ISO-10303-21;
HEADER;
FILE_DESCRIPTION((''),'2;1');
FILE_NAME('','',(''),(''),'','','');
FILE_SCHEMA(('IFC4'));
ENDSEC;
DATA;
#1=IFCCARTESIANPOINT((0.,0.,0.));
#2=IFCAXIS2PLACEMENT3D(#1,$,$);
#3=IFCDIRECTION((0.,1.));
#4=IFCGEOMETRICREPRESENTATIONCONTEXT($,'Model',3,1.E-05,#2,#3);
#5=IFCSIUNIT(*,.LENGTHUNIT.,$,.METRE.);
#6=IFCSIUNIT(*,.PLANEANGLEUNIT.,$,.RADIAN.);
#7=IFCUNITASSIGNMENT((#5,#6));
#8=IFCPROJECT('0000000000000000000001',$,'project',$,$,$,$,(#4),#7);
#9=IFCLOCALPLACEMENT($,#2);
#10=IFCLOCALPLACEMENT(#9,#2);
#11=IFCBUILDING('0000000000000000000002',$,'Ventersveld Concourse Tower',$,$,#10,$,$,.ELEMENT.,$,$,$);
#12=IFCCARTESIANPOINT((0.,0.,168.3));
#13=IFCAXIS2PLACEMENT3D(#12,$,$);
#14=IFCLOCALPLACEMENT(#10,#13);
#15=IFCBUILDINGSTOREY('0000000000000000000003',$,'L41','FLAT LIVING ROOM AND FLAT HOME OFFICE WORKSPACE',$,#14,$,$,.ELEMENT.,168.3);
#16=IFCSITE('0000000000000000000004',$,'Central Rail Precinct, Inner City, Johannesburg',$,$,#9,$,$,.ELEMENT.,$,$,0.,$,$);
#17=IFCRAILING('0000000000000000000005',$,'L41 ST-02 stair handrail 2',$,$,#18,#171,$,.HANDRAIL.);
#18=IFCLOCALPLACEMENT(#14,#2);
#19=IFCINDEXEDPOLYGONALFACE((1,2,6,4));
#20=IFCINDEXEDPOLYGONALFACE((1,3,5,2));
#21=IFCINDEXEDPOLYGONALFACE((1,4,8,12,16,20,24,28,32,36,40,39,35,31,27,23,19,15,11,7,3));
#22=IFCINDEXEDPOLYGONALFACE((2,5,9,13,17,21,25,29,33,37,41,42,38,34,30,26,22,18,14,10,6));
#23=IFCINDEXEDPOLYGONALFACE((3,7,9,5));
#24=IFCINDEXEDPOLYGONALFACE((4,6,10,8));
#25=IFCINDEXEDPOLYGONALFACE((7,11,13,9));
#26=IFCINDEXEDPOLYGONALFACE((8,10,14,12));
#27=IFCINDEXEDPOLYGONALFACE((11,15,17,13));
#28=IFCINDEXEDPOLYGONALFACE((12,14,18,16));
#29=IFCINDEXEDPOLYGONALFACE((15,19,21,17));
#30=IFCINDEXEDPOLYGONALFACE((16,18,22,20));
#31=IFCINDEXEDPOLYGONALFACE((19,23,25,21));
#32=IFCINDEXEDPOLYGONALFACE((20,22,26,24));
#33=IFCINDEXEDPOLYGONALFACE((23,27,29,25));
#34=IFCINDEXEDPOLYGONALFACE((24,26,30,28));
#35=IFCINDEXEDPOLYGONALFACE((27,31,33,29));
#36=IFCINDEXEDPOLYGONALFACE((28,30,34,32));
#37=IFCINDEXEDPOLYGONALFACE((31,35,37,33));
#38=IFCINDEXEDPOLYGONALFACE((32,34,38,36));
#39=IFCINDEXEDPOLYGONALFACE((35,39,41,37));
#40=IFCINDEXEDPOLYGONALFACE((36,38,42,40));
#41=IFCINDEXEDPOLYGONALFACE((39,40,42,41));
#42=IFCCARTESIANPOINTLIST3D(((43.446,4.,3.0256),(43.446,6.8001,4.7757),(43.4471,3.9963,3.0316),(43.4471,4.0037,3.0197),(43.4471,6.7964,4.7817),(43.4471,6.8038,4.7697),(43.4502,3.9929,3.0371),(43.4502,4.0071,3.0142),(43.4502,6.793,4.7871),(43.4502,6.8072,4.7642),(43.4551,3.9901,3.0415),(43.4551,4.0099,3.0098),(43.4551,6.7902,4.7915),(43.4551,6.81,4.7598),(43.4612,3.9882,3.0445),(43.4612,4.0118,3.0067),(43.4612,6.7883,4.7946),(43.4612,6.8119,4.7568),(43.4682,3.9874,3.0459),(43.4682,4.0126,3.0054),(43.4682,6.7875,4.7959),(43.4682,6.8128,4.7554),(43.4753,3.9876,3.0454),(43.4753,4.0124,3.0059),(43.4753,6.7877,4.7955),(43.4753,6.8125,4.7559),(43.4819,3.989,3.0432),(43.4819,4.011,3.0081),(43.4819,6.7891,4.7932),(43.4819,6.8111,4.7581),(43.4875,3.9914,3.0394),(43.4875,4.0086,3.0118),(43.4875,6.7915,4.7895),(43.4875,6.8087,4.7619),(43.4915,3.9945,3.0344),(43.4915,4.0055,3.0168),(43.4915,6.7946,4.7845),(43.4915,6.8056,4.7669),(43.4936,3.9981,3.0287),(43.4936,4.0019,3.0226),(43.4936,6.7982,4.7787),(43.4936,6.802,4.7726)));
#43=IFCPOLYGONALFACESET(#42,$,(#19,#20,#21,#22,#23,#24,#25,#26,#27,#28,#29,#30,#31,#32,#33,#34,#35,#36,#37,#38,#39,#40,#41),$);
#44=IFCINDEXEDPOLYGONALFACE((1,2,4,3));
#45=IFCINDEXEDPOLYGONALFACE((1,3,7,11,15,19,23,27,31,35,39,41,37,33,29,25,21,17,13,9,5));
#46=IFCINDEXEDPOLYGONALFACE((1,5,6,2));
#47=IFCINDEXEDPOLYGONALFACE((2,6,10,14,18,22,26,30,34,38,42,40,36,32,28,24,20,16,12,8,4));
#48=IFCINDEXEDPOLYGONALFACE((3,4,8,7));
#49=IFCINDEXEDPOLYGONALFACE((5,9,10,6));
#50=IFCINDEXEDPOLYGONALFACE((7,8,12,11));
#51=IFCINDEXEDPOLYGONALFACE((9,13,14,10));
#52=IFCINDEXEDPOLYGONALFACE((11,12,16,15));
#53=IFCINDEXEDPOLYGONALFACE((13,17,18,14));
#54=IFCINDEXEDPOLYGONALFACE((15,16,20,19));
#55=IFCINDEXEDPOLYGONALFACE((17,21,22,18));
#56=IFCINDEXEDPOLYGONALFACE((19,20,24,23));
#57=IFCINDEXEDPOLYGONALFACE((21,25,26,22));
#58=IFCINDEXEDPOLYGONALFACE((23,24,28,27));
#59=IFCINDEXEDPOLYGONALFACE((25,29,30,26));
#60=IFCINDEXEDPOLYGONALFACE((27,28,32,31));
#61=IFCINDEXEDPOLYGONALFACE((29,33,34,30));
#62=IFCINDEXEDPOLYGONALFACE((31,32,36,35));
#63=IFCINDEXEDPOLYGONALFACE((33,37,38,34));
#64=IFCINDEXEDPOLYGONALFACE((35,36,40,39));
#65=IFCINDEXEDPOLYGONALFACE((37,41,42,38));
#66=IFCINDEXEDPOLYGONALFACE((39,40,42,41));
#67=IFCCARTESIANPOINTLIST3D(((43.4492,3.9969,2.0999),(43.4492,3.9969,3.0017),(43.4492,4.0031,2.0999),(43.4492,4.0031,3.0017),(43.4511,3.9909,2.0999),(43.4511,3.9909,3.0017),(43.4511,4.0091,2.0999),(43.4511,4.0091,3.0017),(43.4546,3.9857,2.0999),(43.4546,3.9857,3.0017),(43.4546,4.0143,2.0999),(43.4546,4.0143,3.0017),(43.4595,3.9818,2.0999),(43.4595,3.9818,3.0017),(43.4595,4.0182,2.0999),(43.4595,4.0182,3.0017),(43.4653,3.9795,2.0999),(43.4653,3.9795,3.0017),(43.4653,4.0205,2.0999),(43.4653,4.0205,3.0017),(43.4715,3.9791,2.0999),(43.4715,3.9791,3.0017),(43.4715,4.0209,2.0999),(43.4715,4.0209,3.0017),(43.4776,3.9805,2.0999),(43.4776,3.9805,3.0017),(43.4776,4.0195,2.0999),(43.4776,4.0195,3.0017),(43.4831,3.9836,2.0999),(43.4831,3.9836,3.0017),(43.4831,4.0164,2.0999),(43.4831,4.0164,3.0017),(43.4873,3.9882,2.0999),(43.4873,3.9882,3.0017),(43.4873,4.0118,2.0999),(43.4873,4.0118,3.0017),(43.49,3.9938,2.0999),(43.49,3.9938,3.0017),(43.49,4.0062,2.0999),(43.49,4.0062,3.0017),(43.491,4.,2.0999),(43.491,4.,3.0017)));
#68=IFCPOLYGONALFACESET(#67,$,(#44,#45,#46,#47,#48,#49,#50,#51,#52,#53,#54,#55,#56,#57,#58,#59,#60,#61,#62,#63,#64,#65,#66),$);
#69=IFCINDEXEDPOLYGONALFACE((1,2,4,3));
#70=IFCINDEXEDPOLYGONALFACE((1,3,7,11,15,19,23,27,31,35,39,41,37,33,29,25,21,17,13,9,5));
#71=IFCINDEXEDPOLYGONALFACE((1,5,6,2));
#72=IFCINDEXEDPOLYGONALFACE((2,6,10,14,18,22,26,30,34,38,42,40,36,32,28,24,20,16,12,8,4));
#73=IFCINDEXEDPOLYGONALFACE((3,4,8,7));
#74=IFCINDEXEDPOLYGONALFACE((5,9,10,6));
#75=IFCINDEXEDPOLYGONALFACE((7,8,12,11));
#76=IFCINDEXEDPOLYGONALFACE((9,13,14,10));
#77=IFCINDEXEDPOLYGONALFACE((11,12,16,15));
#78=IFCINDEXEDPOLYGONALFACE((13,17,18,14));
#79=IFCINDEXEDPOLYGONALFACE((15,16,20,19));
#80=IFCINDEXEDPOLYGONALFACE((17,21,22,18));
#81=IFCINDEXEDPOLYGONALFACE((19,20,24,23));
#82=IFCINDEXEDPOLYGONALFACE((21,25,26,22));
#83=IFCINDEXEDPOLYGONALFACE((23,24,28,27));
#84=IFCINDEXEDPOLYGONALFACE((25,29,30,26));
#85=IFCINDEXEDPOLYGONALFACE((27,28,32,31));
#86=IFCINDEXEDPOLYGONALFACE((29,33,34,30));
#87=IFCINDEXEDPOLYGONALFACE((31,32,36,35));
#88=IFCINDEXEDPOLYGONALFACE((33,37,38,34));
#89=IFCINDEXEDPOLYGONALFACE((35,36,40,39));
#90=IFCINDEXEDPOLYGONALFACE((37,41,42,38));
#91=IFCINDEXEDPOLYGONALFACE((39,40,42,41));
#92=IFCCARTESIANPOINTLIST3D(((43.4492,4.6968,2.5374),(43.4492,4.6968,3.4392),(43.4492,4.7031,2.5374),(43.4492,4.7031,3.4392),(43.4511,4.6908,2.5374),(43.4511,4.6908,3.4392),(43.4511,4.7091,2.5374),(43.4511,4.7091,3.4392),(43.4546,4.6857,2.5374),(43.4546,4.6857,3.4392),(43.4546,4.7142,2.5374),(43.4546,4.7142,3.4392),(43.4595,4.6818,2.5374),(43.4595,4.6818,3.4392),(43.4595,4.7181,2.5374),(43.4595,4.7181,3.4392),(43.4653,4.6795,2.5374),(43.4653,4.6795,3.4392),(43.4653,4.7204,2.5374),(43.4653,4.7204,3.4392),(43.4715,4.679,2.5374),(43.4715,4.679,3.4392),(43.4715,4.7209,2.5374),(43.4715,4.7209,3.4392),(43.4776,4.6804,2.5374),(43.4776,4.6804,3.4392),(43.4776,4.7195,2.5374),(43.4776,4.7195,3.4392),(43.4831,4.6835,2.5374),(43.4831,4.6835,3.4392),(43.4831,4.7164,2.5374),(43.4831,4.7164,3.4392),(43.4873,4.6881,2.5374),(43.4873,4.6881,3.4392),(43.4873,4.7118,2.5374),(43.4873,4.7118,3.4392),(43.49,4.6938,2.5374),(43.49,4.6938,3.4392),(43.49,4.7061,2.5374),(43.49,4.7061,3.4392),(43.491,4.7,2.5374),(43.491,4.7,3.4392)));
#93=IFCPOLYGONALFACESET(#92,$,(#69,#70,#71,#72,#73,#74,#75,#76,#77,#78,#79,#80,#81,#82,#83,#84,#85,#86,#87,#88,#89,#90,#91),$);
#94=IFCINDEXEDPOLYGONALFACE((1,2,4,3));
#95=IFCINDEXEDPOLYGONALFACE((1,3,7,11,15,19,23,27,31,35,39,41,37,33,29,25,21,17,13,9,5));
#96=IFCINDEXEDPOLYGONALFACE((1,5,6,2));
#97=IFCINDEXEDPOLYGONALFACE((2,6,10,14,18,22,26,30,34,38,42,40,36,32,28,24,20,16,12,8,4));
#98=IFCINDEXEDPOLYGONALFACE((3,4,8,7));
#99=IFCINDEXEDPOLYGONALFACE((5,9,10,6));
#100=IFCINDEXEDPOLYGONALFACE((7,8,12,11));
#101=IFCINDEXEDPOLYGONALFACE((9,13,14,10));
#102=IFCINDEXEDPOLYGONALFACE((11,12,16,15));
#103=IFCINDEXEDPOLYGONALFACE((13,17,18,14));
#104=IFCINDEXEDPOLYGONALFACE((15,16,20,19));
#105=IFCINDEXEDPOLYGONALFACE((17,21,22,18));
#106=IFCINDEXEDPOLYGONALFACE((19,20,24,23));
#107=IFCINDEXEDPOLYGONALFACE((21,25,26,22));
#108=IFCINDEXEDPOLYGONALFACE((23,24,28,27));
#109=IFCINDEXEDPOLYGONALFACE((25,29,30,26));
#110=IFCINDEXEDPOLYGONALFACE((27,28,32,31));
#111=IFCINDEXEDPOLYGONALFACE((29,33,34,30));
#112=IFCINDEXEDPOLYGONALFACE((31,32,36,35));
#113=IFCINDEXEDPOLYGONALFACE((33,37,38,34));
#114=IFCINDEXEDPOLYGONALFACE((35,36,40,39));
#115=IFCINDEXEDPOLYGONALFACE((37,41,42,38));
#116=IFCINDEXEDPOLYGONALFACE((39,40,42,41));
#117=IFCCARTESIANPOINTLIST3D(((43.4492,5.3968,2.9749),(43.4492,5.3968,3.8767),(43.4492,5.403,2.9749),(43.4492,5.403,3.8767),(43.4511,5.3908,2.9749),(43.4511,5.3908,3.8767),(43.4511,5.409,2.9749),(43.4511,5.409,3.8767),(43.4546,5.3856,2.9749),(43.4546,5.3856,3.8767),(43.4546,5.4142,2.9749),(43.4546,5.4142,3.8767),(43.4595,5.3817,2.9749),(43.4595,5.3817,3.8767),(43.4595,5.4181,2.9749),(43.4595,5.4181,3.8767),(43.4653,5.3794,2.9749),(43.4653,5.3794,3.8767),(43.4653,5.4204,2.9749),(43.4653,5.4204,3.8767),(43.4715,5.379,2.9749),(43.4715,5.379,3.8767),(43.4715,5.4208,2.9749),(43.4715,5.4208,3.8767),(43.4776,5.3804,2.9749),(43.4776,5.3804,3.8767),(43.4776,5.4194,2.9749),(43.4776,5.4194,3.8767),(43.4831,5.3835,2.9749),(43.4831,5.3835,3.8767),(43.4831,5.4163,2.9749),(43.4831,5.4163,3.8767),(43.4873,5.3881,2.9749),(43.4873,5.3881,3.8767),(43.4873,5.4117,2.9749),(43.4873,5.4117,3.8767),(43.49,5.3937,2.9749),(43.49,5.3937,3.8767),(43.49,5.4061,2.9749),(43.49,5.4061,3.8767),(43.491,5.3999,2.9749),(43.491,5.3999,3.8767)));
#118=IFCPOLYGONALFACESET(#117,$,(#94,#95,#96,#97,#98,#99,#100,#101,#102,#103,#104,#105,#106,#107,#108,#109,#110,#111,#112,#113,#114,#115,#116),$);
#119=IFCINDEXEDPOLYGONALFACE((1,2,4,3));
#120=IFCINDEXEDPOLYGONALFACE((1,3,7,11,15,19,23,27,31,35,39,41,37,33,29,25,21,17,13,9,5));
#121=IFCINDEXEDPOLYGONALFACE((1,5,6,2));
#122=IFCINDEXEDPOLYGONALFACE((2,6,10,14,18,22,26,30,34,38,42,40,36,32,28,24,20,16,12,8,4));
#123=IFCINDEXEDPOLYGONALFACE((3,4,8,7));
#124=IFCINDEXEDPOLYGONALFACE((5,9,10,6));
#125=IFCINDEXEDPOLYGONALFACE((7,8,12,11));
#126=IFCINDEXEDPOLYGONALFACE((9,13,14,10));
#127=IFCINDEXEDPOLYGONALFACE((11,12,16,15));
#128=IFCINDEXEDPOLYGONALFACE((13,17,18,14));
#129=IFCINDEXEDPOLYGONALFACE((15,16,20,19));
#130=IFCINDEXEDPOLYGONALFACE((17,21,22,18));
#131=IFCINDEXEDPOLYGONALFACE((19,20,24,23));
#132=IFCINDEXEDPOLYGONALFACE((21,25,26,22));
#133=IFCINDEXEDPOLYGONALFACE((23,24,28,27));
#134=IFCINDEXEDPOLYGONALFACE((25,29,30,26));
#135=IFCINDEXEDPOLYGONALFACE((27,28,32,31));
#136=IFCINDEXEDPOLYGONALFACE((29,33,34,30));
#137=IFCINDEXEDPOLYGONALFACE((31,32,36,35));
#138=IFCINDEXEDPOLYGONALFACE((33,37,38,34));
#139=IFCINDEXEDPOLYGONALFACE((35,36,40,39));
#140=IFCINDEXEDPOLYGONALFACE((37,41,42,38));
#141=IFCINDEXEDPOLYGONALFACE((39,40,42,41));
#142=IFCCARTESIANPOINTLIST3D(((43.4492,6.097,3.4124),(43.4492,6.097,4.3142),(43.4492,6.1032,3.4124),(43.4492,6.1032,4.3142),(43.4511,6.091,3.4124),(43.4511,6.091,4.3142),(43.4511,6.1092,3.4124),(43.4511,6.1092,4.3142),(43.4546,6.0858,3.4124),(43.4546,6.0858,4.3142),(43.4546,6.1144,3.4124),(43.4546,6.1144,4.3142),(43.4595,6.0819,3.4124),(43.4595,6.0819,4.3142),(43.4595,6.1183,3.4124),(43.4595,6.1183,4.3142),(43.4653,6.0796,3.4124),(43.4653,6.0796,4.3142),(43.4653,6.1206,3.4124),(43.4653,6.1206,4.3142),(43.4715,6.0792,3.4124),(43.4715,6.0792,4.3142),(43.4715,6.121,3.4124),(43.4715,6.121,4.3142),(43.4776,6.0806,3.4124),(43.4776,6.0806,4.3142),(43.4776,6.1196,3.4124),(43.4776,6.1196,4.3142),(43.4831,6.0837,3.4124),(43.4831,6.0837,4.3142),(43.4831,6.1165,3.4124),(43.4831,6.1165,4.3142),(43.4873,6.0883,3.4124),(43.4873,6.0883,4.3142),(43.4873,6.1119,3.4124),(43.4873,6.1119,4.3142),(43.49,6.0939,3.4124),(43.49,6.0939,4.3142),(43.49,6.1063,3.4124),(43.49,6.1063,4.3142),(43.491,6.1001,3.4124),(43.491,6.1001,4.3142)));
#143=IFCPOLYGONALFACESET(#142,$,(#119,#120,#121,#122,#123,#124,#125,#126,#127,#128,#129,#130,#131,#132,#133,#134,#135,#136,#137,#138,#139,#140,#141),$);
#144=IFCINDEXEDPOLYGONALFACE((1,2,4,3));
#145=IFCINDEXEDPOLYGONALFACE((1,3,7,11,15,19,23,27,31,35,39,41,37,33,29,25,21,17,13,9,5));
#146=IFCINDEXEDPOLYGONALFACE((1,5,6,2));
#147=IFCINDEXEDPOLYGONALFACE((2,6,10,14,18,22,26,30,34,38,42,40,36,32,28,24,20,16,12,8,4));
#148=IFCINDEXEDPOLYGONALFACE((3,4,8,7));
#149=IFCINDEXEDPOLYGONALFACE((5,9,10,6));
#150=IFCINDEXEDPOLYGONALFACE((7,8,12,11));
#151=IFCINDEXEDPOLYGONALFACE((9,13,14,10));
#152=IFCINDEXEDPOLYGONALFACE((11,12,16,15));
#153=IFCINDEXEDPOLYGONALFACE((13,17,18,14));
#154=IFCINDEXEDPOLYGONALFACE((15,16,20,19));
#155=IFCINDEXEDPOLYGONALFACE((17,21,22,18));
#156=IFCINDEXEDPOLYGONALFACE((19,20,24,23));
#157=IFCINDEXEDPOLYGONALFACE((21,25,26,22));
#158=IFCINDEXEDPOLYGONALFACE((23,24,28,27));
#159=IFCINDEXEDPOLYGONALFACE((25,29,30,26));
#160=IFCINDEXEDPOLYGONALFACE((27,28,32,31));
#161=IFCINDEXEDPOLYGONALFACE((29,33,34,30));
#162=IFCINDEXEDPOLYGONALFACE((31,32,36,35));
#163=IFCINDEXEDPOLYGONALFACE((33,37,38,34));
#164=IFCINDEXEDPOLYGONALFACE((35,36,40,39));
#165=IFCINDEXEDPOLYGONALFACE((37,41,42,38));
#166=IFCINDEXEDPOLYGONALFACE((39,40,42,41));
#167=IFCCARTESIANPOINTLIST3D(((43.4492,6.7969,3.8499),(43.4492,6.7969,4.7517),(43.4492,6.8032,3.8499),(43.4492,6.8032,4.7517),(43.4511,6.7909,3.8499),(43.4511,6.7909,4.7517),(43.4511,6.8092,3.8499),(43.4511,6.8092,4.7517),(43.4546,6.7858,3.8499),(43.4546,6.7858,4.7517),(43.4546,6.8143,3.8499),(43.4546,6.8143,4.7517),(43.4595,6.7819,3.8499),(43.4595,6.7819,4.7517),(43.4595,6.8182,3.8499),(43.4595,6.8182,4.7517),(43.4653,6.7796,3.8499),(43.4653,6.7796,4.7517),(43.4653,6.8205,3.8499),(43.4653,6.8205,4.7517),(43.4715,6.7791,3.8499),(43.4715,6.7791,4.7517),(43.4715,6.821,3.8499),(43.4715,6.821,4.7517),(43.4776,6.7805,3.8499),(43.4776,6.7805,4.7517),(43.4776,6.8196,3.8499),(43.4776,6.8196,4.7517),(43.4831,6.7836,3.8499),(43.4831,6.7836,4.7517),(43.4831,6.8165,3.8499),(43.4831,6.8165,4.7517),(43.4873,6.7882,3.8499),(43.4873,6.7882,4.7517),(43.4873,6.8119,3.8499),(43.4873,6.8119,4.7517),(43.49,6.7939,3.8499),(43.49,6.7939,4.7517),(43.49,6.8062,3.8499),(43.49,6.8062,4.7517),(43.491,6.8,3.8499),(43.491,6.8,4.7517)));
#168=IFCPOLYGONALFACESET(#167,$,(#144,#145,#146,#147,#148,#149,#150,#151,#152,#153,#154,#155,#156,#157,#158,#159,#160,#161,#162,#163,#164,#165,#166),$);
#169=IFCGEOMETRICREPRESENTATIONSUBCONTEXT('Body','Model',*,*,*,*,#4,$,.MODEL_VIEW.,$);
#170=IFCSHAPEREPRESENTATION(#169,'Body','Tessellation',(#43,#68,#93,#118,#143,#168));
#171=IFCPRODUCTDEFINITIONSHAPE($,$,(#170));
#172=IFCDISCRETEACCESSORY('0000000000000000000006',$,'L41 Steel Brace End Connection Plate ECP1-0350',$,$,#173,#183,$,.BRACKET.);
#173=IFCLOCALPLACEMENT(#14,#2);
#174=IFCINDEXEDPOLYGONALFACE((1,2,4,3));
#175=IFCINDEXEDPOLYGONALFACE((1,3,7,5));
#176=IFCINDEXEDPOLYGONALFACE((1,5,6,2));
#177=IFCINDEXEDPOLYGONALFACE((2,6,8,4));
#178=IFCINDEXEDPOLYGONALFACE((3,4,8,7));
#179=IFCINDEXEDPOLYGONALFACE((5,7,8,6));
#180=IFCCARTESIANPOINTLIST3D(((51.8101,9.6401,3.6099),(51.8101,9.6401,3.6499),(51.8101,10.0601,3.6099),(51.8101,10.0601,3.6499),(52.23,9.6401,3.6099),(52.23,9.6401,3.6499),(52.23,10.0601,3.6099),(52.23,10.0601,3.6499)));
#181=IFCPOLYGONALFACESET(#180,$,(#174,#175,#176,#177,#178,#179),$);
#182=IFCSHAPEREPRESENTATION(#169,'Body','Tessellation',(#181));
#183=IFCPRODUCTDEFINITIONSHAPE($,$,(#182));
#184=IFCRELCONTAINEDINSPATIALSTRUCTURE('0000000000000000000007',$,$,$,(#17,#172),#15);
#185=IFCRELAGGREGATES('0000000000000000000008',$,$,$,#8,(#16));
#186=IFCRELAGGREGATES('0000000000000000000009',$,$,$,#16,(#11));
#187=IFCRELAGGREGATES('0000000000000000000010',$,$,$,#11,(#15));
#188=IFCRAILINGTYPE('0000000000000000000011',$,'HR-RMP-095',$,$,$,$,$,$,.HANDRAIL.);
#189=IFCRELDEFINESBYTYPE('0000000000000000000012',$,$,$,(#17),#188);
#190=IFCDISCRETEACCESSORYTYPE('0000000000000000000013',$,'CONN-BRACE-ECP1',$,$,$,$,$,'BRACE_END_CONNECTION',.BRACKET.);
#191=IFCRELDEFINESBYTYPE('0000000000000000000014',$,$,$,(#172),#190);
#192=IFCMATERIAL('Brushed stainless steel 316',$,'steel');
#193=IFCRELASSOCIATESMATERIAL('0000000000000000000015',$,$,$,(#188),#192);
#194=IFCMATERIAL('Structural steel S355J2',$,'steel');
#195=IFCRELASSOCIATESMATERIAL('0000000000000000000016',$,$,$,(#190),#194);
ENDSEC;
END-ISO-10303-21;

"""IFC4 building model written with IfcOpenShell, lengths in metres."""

from ifc_helpers import new_model, si_unit, direction, frame, origin, origin_2d, place, context, subcontext, project, spatial, rectangle, circle, extrude, material, type_object, element, save


model = new_model("IFC4")

# Units and contexts
model_context = context("Model", 3, precision=1e-05, world=origin(), true_north=direction((0.0, 1.0)))
body_context = subcontext(model_context, "Body", "Model", "MODEL_VIEW")
ifc_project = project(units=[si_unit("LENGTHUNIT", "METRE"), si_unit("PLANEANGLEUNIT", "RADIAN")], contexts=[model_context])

# Site, building, storey
site_placement = place(None, origin())
site = spatial("IfcSite", under=ifc_project, at=site_placement, Name="Central Rail Precinct, Inner City, Johannesburg", CompositionType="ELEMENT", RefElevation=0.0)
building_placement = place(site_placement, origin())
building = spatial("IfcBuilding", under=site, at=building_placement, Name="Ventersveld Concourse Tower", CompositionType="ELEMENT")
storey_placement = place(building_placement, frame((0.0, 0.0, 168.3)))
storey = spatial("IfcBuildingStorey", under=building, at=storey_placement, Name="L41", Description="FLAT LIVING ROOM AND FLAT HOME OFFICE WORKSPACE", CompositionType="ELEMENT", Elevation=168.3)

# Shared definitions
ifc_material_1 = material(Name="Structural steel S355J2", Category="steel")

# Railing
ifc_material_2 = material(Name="Brushed stainless steel 316", Category="steel")
railing_type = type_object("IfcRailingType", Name="HR-RMP-095", PredefinedType="HANDRAIL", material=ifc_material_2)
railing_placement = place(storey_placement, frame((43.47, 4.0, 2.0999)))
element("IfcRailing", 1, at=railing_placement, inside=storey, type_object=railing_type, Name="L41 ST-02 stair handrail 2", PredefinedType="HANDRAIL", context=body_context, shape_type="SweptSolid", body=[
    extrude(circle(Radius=0.0239, at=origin_2d()), frame((0.0, 0.0, 0.9258), z_axis=(0.0, 0.848002, 0.529992), x_axis=(-1.0, 0.0, 0.0)), (0.0, 0.0, 1.0), 3.302),
    extrude(circle(Radius=0.021, at=origin_2d()), origin(), (0.0, 0.0, 1.0), 0.9019),
    extrude(circle(Radius=0.021, at=origin_2d()), frame((0.0, 0.7, 0.4375)), (0.0, 0.0, 1.0), 0.9019),
    extrude(circle(Radius=0.021, at=origin_2d()), frame((0.0, 1.3999, 0.875)), (0.0, 0.0, 1.0), 0.9019),
    extrude(circle(Radius=0.021, at=origin_2d()), frame((0.0, 2.1001, 1.3125)), (0.0, 0.0, 1.0), 0.9019),
    extrude(circle(Radius=0.021, at=origin_2d()), frame((0.0, 2.8, 1.75)), (0.0, 0.0, 1.0), 0.9019),
])

# Discrete accessory
discrete_accessory_type = type_object("IfcDiscreteAccessoryType", Name="CONN-BRACE-ECP1", ElementType="BRACE_END_CONNECTION", PredefinedType="BRACKET", material=ifc_material_1)
discrete_accessory_placement = place(storey_placement, frame((52.02, 9.8501, 3.6099), z_axis=(0.0, 0.0, 1.0), x_axis=(1.0, 0.0, 0.0)))
element("IfcDiscreteAccessory", 2, at=discrete_accessory_placement, inside=storey, type_object=discrete_accessory_type, Name="L41 Steel Brace End Connection Plate ECP1-0350", PredefinedType="BRACKET", context=body_context, shape_type="SweptSolid", body=[
    extrude(rectangle(XDim=0.4199, YDim=0.4199, at=origin_2d()), origin(), (0.0, 0.0, 1.0), 0.04),
])

save(model, "model.ifc")
